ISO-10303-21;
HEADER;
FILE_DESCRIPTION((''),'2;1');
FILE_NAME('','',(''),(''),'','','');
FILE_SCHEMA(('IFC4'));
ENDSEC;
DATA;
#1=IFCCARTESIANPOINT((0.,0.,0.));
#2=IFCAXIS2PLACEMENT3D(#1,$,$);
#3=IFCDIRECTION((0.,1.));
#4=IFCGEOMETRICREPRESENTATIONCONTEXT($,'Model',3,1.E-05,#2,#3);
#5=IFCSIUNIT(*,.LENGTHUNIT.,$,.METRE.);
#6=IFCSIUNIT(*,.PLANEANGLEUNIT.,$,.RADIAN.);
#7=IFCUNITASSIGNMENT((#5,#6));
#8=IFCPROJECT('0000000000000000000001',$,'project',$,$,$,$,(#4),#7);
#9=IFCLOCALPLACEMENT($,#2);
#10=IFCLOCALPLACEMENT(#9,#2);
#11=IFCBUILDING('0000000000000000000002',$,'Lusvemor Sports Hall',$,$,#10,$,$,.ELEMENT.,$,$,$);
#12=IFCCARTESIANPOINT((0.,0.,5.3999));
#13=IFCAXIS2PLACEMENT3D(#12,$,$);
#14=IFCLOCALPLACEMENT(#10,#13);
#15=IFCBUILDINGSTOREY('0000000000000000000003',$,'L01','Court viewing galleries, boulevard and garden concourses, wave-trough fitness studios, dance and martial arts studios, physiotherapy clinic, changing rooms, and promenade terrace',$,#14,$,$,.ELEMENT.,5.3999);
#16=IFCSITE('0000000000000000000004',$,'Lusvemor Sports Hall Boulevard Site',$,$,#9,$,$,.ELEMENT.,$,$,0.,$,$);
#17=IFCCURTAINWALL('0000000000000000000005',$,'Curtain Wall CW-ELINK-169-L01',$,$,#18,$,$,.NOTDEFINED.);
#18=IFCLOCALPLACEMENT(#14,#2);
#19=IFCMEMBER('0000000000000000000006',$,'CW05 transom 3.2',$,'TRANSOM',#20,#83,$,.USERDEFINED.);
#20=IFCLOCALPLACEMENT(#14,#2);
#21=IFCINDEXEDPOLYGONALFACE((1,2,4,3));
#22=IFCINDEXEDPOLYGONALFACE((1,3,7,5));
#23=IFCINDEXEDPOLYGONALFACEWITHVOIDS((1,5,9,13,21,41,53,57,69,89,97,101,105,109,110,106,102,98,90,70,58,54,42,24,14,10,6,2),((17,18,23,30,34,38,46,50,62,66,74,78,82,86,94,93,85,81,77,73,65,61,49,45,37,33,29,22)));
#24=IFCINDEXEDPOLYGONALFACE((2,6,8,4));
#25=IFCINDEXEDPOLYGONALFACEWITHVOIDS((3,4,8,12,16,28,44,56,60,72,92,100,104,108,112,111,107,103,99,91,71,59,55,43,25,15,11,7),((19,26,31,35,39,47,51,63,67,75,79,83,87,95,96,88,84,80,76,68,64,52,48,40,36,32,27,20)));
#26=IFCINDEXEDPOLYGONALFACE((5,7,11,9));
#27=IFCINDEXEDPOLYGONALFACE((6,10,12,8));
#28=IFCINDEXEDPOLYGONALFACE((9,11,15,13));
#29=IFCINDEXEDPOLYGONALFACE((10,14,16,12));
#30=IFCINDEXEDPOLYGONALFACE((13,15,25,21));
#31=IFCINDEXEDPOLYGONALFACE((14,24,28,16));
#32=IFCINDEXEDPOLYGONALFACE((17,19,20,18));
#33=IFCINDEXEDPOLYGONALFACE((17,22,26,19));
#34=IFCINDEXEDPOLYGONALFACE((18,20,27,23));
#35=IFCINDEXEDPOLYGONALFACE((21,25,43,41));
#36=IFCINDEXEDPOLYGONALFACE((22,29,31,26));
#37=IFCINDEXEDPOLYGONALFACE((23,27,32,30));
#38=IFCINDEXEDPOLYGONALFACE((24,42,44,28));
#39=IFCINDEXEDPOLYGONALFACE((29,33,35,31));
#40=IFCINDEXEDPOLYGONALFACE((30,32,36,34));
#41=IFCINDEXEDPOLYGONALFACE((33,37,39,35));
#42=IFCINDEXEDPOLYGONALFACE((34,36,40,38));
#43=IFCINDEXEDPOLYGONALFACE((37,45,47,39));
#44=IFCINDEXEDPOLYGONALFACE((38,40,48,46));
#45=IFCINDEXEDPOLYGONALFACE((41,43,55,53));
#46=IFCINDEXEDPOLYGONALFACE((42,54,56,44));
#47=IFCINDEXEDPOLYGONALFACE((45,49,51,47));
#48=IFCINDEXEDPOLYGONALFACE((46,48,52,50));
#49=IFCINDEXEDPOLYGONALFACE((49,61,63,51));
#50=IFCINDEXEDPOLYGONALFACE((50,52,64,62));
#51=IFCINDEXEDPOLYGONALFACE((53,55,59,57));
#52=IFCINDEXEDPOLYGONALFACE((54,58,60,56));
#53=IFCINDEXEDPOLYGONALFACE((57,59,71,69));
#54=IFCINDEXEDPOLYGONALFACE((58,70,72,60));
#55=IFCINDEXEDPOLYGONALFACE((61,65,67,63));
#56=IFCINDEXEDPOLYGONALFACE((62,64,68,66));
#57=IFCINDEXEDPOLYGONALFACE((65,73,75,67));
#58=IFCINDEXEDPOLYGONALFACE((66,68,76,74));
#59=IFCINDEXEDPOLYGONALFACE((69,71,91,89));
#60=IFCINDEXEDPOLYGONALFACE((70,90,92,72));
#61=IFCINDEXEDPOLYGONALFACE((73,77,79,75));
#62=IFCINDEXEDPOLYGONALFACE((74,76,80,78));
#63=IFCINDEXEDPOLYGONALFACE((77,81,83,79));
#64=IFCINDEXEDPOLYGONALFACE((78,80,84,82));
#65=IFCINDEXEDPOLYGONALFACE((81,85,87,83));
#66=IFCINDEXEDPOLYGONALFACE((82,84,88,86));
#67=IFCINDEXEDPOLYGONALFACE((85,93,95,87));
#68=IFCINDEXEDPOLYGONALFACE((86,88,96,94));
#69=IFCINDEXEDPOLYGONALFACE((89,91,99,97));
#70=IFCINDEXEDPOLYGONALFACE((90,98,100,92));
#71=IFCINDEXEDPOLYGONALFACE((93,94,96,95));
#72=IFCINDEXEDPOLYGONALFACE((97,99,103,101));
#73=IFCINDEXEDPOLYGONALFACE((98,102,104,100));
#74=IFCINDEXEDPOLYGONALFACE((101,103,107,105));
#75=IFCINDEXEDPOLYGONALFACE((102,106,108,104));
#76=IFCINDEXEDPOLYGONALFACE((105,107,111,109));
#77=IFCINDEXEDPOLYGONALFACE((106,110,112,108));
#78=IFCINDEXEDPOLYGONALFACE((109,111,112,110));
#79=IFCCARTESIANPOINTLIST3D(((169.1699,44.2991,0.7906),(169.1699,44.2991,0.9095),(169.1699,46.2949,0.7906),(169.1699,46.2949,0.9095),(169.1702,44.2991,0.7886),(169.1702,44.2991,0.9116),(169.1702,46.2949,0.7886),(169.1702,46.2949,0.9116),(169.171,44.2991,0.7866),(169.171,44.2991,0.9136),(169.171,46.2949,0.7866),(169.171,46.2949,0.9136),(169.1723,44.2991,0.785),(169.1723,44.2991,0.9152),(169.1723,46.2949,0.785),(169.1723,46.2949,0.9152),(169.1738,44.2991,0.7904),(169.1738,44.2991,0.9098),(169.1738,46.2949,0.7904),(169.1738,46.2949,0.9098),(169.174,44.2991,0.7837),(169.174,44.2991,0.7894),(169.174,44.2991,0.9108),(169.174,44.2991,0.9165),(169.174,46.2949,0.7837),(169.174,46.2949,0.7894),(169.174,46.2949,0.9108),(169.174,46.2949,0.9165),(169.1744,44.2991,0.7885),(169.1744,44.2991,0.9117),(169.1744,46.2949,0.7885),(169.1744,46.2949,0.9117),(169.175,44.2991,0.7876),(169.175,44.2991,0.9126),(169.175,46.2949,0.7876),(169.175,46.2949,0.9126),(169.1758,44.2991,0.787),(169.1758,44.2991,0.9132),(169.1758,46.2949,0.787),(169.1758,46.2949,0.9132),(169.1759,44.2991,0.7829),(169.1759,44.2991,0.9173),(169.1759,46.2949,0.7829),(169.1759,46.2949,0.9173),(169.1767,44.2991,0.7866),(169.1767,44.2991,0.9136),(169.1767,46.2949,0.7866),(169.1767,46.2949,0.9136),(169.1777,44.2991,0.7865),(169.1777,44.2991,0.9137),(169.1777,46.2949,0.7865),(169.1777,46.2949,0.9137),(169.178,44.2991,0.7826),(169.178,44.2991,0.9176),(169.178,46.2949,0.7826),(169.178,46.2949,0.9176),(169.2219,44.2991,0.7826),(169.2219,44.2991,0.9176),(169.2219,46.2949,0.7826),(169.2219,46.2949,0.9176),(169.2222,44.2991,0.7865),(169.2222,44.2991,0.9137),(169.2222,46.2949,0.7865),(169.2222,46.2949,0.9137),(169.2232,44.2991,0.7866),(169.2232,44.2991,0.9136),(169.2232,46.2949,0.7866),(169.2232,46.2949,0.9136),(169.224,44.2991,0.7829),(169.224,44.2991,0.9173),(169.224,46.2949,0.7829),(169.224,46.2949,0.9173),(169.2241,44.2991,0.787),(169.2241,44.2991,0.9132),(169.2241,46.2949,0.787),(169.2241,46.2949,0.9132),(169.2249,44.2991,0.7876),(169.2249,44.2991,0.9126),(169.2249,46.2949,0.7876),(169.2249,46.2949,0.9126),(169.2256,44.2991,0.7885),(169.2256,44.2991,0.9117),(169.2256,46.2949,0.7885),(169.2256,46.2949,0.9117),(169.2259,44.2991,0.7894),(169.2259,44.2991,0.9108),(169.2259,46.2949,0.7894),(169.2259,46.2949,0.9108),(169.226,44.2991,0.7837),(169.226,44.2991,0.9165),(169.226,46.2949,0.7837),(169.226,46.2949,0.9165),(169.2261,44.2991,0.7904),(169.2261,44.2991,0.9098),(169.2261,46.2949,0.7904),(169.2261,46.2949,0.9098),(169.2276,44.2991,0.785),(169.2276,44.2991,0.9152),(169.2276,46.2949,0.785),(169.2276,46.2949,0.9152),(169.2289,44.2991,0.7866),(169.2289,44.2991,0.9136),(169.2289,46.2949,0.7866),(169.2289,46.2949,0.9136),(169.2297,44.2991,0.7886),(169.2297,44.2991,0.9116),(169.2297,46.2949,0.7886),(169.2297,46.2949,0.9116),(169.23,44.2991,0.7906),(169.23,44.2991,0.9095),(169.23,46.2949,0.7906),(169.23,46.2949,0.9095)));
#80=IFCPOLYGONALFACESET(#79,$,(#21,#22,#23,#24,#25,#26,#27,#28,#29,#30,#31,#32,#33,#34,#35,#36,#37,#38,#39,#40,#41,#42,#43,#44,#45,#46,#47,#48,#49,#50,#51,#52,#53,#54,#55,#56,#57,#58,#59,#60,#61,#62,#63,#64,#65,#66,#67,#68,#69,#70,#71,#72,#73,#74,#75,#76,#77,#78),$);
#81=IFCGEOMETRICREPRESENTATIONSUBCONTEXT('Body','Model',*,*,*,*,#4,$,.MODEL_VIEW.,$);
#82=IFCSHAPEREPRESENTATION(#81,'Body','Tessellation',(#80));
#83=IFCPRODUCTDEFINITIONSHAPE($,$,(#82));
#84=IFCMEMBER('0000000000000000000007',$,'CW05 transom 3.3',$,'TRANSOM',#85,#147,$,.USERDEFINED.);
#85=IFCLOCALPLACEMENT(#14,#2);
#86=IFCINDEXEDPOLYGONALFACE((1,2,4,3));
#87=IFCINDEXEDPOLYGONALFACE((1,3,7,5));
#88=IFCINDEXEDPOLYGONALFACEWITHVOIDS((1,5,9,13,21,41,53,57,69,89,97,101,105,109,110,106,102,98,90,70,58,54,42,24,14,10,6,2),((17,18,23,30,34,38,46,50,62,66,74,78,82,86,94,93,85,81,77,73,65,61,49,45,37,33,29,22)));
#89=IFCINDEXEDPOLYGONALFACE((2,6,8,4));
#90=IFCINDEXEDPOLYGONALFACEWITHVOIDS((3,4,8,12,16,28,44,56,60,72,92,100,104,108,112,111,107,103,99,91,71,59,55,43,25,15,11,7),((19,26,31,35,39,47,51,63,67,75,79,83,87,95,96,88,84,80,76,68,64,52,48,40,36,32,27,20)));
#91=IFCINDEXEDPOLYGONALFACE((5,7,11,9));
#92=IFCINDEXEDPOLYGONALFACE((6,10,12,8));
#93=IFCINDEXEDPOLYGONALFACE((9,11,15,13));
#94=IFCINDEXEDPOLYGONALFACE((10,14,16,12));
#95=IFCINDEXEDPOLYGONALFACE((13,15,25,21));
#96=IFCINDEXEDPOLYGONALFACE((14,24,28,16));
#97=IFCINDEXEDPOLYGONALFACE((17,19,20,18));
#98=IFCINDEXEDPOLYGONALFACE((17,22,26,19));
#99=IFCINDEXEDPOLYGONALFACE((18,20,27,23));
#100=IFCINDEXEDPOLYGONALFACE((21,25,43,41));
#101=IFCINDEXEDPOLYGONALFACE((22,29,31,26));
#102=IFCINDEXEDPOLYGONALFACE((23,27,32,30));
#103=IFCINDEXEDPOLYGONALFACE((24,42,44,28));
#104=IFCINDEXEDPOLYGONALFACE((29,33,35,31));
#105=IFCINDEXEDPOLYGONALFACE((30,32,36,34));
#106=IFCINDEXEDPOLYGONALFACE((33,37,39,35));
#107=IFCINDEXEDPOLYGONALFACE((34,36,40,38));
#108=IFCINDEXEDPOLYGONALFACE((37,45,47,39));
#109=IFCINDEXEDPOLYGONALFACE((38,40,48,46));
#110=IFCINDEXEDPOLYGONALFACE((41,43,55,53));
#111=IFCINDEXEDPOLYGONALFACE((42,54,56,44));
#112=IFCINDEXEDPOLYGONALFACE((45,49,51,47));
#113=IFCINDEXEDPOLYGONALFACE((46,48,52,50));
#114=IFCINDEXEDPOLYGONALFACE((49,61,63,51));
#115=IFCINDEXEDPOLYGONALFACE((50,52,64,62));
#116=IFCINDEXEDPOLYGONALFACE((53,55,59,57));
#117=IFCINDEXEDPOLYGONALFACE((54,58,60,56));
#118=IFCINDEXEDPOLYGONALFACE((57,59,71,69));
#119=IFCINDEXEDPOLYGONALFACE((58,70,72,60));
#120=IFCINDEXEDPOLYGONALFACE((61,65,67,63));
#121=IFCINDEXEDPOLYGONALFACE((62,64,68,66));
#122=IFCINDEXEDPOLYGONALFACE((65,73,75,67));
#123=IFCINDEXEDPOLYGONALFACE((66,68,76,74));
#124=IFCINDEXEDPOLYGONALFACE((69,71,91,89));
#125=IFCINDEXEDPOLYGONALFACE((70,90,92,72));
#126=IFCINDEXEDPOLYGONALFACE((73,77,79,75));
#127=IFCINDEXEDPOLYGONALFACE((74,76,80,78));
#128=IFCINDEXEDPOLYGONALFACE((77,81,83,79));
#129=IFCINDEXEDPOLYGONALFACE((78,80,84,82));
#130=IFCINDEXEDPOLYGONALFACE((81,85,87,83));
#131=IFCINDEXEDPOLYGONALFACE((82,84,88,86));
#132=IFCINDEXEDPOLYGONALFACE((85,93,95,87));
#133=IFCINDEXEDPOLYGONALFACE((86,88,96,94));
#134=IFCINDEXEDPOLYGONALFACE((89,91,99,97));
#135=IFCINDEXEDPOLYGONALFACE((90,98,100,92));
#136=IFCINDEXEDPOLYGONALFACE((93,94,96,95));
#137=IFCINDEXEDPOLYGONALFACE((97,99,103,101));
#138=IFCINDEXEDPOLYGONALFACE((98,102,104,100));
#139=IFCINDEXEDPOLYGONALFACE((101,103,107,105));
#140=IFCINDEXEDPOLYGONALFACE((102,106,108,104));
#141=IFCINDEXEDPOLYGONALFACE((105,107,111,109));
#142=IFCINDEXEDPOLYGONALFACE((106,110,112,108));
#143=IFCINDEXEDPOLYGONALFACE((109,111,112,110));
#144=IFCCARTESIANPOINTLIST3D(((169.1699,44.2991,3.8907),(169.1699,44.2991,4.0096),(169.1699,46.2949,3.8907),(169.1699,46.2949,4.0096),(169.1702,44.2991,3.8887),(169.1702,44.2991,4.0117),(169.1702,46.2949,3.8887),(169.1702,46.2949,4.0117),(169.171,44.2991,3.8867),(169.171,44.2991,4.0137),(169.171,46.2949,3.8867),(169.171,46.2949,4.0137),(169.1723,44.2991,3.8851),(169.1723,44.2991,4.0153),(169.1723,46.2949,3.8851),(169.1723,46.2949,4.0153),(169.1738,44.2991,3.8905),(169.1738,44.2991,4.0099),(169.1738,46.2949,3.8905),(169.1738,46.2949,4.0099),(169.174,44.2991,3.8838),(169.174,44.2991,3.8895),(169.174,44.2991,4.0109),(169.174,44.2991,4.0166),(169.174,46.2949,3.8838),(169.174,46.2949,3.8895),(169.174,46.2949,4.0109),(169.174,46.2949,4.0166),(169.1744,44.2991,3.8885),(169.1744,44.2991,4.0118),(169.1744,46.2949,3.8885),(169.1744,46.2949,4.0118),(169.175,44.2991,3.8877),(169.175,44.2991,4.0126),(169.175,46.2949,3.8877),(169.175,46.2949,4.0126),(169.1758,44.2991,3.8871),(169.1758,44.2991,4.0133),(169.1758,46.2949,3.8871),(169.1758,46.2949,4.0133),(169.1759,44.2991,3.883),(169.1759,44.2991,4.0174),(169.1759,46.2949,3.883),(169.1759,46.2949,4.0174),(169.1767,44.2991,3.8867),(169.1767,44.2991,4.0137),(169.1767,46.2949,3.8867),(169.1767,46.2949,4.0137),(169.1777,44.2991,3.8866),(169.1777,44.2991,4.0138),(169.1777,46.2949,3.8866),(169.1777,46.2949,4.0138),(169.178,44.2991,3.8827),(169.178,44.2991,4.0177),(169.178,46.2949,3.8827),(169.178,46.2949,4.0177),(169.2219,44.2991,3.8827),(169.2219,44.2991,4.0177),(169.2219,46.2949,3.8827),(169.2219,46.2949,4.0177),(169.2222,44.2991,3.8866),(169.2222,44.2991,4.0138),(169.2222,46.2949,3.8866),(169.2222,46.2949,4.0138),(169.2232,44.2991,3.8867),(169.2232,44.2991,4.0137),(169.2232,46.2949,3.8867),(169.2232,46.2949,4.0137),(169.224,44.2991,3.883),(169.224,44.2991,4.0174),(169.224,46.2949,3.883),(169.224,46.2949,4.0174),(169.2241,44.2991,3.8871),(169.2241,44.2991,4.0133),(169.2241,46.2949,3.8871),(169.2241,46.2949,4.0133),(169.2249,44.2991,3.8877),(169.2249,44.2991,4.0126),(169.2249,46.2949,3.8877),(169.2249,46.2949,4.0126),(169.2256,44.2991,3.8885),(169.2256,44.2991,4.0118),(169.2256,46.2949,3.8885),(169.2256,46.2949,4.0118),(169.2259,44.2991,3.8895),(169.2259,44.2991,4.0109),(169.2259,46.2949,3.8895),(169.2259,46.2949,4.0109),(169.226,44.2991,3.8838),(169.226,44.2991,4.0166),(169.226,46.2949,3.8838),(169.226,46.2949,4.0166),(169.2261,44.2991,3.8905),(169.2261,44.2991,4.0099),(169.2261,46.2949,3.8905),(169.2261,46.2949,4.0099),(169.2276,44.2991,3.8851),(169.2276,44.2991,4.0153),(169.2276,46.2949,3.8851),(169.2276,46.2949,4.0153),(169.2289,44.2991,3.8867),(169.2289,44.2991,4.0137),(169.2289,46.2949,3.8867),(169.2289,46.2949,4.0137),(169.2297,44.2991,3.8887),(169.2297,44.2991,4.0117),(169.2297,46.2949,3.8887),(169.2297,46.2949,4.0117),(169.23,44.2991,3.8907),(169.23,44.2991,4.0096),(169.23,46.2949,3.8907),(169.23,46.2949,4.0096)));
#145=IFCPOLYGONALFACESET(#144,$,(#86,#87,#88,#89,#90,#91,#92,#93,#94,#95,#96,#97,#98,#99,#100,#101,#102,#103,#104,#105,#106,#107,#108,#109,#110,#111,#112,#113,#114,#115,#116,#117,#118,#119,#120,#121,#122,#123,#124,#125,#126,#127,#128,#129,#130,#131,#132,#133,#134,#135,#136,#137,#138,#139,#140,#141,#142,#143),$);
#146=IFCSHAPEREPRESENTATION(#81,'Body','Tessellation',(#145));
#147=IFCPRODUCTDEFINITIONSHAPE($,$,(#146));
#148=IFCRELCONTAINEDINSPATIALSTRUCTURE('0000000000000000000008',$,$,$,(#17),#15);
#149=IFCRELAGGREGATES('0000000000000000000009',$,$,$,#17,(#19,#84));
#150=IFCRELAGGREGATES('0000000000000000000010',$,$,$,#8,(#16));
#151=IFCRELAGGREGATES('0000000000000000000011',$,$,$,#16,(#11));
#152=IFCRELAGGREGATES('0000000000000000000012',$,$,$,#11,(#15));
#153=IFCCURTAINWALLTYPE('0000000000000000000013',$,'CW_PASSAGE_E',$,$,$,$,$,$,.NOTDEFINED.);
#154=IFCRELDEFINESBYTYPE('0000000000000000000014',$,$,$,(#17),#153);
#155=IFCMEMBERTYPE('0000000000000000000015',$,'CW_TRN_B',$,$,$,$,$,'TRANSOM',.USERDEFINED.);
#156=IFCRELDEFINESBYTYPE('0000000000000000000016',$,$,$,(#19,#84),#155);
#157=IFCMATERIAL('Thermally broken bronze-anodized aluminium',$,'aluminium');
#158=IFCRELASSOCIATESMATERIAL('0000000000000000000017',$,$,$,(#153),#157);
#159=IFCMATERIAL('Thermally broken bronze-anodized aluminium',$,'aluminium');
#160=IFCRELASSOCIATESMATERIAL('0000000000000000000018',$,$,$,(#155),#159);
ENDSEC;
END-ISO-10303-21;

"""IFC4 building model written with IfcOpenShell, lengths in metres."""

from ifc_helpers import new_model, si_unit, direction, frame, origin, origin_2d, place, context, subcontext, project, spatial, hollow_rectangle, extrude, material, material_profile, profile_set, type_object, element, aggregate, save


model = new_model("IFC4")

# Units and contexts
model_context = context("Model", 3, precision=1e-05, world=origin(), true_north=direction((0.0, 1.0)))
body_context = subcontext(model_context, "Body", "Model", "MODEL_VIEW")
ifc_project = project(units=[si_unit("LENGTHUNIT", "METRE"), si_unit("PLANEANGLEUNIT", "RADIAN")], contexts=[model_context])

# Site, building, storey
site_placement = place(None, origin())
site = spatial("IfcSite", under=ifc_project, at=site_placement, Name="Lusvemor Sports Hall Boulevard Site", CompositionType="ELEMENT", RefElevation=0.0)
building_placement = place(site_placement, origin())
building = spatial("IfcBuilding", under=site, at=building_placement, Name="Lusvemor Sports Hall", CompositionType="ELEMENT")
storey_placement = place(building_placement, frame((0.0, 0.0, 5.3999)))
storey = spatial("IfcBuildingStorey", under=building, at=storey_placement, Name="L01", Description="Court viewing galleries, boulevard and garden concourses, wave-trough fitness studios, dance and martial arts studios, physiotherapy clinic, changing rooms, and promenade terrace", CompositionType="ELEMENT", Elevation=5.3999)

# Curtain wall, members
ifc_material_1 = material(Name="Thermally broken bronze-anodized aluminium", Category="aluminium")
curtain_wall_type = type_object("IfcCurtainWallType", Name="CW_PASSAGE_E", PredefinedType="NOTDEFINED", material=ifc_material_1)
curtain_wall_placement = place(storey_placement, origin())
curtain_wall = element("IfcCurtainWall", 1, at=curtain_wall_placement, inside=storey, type_object=curtain_wall_type, Name="Curtain Wall CW-ELINK-169-L01", PredefinedType="NOTDEFINED")
ifc_material_2 = material(Name="Thermally broken bronze-anodized aluminium", Category="aluminium")
ifc_material_profile_1 = material_profile(ifc_material_2, hollow_rectangle(XDim=0.0601, YDim=0.135, WallThickness=0.0039, InnerFilletRadius=0.0039, OuterFilletRadius=0.0081, at=origin_2d()), Name="CWTRN135x60x4")
ifc_profile_set_1 = profile_set([ifc_material_profile_1], Name="Thermally broken bronze-anodized aluminium")
member_type_1 = type_object("IfcMemberType", Name="CW_TRN_B", ElementType="TRANSOM", PredefinedType="USERDEFINED", material=ifc_profile_set_1)
member_1_placement = place(storey_placement, frame((169.2, 44.2991, 0.8501), z_axis=(0.0, 1.0, 0.0), x_axis=(-1.0, 0.0, 0.0)))
member_1 = element("IfcMember", 2, at=member_1_placement, type_object=member_type_1, Name="CW05 transom 3.2", ObjectType="TRANSOM", PredefinedType="USERDEFINED", context=body_context, shape_type="SweptSolid", body=[
    extrude(hollow_rectangle(XDim=0.0601, YDim=0.135, WallThickness=0.0039, InnerFilletRadius=0.0039, OuterFilletRadius=0.0081, at=origin_2d()), origin(), (0.0, 0.0, 1.0), 1.9958),
])
member_2_placement = place(storey_placement, frame((169.2, 44.2991, 3.9502), z_axis=(0.0, 1.0, 0.0), x_axis=(-1.0, 0.0, 0.0)))
member_2 = element("IfcMember", 3, at=member_2_placement, type_object=member_type_1, Name="CW05 transom 3.3", ObjectType="TRANSOM", PredefinedType="USERDEFINED", context=body_context, shape_type="SweptSolid", body=[
    extrude(hollow_rectangle(XDim=0.0601, YDim=0.135, WallThickness=0.0039, InnerFilletRadius=0.0039, OuterFilletRadius=0.0081, at=origin_2d()), origin(), (0.0, 0.0, 1.0), 1.9958),
])

aggregate(curtain_wall, [member_1, member_2])

save(model, "model.ifc")
